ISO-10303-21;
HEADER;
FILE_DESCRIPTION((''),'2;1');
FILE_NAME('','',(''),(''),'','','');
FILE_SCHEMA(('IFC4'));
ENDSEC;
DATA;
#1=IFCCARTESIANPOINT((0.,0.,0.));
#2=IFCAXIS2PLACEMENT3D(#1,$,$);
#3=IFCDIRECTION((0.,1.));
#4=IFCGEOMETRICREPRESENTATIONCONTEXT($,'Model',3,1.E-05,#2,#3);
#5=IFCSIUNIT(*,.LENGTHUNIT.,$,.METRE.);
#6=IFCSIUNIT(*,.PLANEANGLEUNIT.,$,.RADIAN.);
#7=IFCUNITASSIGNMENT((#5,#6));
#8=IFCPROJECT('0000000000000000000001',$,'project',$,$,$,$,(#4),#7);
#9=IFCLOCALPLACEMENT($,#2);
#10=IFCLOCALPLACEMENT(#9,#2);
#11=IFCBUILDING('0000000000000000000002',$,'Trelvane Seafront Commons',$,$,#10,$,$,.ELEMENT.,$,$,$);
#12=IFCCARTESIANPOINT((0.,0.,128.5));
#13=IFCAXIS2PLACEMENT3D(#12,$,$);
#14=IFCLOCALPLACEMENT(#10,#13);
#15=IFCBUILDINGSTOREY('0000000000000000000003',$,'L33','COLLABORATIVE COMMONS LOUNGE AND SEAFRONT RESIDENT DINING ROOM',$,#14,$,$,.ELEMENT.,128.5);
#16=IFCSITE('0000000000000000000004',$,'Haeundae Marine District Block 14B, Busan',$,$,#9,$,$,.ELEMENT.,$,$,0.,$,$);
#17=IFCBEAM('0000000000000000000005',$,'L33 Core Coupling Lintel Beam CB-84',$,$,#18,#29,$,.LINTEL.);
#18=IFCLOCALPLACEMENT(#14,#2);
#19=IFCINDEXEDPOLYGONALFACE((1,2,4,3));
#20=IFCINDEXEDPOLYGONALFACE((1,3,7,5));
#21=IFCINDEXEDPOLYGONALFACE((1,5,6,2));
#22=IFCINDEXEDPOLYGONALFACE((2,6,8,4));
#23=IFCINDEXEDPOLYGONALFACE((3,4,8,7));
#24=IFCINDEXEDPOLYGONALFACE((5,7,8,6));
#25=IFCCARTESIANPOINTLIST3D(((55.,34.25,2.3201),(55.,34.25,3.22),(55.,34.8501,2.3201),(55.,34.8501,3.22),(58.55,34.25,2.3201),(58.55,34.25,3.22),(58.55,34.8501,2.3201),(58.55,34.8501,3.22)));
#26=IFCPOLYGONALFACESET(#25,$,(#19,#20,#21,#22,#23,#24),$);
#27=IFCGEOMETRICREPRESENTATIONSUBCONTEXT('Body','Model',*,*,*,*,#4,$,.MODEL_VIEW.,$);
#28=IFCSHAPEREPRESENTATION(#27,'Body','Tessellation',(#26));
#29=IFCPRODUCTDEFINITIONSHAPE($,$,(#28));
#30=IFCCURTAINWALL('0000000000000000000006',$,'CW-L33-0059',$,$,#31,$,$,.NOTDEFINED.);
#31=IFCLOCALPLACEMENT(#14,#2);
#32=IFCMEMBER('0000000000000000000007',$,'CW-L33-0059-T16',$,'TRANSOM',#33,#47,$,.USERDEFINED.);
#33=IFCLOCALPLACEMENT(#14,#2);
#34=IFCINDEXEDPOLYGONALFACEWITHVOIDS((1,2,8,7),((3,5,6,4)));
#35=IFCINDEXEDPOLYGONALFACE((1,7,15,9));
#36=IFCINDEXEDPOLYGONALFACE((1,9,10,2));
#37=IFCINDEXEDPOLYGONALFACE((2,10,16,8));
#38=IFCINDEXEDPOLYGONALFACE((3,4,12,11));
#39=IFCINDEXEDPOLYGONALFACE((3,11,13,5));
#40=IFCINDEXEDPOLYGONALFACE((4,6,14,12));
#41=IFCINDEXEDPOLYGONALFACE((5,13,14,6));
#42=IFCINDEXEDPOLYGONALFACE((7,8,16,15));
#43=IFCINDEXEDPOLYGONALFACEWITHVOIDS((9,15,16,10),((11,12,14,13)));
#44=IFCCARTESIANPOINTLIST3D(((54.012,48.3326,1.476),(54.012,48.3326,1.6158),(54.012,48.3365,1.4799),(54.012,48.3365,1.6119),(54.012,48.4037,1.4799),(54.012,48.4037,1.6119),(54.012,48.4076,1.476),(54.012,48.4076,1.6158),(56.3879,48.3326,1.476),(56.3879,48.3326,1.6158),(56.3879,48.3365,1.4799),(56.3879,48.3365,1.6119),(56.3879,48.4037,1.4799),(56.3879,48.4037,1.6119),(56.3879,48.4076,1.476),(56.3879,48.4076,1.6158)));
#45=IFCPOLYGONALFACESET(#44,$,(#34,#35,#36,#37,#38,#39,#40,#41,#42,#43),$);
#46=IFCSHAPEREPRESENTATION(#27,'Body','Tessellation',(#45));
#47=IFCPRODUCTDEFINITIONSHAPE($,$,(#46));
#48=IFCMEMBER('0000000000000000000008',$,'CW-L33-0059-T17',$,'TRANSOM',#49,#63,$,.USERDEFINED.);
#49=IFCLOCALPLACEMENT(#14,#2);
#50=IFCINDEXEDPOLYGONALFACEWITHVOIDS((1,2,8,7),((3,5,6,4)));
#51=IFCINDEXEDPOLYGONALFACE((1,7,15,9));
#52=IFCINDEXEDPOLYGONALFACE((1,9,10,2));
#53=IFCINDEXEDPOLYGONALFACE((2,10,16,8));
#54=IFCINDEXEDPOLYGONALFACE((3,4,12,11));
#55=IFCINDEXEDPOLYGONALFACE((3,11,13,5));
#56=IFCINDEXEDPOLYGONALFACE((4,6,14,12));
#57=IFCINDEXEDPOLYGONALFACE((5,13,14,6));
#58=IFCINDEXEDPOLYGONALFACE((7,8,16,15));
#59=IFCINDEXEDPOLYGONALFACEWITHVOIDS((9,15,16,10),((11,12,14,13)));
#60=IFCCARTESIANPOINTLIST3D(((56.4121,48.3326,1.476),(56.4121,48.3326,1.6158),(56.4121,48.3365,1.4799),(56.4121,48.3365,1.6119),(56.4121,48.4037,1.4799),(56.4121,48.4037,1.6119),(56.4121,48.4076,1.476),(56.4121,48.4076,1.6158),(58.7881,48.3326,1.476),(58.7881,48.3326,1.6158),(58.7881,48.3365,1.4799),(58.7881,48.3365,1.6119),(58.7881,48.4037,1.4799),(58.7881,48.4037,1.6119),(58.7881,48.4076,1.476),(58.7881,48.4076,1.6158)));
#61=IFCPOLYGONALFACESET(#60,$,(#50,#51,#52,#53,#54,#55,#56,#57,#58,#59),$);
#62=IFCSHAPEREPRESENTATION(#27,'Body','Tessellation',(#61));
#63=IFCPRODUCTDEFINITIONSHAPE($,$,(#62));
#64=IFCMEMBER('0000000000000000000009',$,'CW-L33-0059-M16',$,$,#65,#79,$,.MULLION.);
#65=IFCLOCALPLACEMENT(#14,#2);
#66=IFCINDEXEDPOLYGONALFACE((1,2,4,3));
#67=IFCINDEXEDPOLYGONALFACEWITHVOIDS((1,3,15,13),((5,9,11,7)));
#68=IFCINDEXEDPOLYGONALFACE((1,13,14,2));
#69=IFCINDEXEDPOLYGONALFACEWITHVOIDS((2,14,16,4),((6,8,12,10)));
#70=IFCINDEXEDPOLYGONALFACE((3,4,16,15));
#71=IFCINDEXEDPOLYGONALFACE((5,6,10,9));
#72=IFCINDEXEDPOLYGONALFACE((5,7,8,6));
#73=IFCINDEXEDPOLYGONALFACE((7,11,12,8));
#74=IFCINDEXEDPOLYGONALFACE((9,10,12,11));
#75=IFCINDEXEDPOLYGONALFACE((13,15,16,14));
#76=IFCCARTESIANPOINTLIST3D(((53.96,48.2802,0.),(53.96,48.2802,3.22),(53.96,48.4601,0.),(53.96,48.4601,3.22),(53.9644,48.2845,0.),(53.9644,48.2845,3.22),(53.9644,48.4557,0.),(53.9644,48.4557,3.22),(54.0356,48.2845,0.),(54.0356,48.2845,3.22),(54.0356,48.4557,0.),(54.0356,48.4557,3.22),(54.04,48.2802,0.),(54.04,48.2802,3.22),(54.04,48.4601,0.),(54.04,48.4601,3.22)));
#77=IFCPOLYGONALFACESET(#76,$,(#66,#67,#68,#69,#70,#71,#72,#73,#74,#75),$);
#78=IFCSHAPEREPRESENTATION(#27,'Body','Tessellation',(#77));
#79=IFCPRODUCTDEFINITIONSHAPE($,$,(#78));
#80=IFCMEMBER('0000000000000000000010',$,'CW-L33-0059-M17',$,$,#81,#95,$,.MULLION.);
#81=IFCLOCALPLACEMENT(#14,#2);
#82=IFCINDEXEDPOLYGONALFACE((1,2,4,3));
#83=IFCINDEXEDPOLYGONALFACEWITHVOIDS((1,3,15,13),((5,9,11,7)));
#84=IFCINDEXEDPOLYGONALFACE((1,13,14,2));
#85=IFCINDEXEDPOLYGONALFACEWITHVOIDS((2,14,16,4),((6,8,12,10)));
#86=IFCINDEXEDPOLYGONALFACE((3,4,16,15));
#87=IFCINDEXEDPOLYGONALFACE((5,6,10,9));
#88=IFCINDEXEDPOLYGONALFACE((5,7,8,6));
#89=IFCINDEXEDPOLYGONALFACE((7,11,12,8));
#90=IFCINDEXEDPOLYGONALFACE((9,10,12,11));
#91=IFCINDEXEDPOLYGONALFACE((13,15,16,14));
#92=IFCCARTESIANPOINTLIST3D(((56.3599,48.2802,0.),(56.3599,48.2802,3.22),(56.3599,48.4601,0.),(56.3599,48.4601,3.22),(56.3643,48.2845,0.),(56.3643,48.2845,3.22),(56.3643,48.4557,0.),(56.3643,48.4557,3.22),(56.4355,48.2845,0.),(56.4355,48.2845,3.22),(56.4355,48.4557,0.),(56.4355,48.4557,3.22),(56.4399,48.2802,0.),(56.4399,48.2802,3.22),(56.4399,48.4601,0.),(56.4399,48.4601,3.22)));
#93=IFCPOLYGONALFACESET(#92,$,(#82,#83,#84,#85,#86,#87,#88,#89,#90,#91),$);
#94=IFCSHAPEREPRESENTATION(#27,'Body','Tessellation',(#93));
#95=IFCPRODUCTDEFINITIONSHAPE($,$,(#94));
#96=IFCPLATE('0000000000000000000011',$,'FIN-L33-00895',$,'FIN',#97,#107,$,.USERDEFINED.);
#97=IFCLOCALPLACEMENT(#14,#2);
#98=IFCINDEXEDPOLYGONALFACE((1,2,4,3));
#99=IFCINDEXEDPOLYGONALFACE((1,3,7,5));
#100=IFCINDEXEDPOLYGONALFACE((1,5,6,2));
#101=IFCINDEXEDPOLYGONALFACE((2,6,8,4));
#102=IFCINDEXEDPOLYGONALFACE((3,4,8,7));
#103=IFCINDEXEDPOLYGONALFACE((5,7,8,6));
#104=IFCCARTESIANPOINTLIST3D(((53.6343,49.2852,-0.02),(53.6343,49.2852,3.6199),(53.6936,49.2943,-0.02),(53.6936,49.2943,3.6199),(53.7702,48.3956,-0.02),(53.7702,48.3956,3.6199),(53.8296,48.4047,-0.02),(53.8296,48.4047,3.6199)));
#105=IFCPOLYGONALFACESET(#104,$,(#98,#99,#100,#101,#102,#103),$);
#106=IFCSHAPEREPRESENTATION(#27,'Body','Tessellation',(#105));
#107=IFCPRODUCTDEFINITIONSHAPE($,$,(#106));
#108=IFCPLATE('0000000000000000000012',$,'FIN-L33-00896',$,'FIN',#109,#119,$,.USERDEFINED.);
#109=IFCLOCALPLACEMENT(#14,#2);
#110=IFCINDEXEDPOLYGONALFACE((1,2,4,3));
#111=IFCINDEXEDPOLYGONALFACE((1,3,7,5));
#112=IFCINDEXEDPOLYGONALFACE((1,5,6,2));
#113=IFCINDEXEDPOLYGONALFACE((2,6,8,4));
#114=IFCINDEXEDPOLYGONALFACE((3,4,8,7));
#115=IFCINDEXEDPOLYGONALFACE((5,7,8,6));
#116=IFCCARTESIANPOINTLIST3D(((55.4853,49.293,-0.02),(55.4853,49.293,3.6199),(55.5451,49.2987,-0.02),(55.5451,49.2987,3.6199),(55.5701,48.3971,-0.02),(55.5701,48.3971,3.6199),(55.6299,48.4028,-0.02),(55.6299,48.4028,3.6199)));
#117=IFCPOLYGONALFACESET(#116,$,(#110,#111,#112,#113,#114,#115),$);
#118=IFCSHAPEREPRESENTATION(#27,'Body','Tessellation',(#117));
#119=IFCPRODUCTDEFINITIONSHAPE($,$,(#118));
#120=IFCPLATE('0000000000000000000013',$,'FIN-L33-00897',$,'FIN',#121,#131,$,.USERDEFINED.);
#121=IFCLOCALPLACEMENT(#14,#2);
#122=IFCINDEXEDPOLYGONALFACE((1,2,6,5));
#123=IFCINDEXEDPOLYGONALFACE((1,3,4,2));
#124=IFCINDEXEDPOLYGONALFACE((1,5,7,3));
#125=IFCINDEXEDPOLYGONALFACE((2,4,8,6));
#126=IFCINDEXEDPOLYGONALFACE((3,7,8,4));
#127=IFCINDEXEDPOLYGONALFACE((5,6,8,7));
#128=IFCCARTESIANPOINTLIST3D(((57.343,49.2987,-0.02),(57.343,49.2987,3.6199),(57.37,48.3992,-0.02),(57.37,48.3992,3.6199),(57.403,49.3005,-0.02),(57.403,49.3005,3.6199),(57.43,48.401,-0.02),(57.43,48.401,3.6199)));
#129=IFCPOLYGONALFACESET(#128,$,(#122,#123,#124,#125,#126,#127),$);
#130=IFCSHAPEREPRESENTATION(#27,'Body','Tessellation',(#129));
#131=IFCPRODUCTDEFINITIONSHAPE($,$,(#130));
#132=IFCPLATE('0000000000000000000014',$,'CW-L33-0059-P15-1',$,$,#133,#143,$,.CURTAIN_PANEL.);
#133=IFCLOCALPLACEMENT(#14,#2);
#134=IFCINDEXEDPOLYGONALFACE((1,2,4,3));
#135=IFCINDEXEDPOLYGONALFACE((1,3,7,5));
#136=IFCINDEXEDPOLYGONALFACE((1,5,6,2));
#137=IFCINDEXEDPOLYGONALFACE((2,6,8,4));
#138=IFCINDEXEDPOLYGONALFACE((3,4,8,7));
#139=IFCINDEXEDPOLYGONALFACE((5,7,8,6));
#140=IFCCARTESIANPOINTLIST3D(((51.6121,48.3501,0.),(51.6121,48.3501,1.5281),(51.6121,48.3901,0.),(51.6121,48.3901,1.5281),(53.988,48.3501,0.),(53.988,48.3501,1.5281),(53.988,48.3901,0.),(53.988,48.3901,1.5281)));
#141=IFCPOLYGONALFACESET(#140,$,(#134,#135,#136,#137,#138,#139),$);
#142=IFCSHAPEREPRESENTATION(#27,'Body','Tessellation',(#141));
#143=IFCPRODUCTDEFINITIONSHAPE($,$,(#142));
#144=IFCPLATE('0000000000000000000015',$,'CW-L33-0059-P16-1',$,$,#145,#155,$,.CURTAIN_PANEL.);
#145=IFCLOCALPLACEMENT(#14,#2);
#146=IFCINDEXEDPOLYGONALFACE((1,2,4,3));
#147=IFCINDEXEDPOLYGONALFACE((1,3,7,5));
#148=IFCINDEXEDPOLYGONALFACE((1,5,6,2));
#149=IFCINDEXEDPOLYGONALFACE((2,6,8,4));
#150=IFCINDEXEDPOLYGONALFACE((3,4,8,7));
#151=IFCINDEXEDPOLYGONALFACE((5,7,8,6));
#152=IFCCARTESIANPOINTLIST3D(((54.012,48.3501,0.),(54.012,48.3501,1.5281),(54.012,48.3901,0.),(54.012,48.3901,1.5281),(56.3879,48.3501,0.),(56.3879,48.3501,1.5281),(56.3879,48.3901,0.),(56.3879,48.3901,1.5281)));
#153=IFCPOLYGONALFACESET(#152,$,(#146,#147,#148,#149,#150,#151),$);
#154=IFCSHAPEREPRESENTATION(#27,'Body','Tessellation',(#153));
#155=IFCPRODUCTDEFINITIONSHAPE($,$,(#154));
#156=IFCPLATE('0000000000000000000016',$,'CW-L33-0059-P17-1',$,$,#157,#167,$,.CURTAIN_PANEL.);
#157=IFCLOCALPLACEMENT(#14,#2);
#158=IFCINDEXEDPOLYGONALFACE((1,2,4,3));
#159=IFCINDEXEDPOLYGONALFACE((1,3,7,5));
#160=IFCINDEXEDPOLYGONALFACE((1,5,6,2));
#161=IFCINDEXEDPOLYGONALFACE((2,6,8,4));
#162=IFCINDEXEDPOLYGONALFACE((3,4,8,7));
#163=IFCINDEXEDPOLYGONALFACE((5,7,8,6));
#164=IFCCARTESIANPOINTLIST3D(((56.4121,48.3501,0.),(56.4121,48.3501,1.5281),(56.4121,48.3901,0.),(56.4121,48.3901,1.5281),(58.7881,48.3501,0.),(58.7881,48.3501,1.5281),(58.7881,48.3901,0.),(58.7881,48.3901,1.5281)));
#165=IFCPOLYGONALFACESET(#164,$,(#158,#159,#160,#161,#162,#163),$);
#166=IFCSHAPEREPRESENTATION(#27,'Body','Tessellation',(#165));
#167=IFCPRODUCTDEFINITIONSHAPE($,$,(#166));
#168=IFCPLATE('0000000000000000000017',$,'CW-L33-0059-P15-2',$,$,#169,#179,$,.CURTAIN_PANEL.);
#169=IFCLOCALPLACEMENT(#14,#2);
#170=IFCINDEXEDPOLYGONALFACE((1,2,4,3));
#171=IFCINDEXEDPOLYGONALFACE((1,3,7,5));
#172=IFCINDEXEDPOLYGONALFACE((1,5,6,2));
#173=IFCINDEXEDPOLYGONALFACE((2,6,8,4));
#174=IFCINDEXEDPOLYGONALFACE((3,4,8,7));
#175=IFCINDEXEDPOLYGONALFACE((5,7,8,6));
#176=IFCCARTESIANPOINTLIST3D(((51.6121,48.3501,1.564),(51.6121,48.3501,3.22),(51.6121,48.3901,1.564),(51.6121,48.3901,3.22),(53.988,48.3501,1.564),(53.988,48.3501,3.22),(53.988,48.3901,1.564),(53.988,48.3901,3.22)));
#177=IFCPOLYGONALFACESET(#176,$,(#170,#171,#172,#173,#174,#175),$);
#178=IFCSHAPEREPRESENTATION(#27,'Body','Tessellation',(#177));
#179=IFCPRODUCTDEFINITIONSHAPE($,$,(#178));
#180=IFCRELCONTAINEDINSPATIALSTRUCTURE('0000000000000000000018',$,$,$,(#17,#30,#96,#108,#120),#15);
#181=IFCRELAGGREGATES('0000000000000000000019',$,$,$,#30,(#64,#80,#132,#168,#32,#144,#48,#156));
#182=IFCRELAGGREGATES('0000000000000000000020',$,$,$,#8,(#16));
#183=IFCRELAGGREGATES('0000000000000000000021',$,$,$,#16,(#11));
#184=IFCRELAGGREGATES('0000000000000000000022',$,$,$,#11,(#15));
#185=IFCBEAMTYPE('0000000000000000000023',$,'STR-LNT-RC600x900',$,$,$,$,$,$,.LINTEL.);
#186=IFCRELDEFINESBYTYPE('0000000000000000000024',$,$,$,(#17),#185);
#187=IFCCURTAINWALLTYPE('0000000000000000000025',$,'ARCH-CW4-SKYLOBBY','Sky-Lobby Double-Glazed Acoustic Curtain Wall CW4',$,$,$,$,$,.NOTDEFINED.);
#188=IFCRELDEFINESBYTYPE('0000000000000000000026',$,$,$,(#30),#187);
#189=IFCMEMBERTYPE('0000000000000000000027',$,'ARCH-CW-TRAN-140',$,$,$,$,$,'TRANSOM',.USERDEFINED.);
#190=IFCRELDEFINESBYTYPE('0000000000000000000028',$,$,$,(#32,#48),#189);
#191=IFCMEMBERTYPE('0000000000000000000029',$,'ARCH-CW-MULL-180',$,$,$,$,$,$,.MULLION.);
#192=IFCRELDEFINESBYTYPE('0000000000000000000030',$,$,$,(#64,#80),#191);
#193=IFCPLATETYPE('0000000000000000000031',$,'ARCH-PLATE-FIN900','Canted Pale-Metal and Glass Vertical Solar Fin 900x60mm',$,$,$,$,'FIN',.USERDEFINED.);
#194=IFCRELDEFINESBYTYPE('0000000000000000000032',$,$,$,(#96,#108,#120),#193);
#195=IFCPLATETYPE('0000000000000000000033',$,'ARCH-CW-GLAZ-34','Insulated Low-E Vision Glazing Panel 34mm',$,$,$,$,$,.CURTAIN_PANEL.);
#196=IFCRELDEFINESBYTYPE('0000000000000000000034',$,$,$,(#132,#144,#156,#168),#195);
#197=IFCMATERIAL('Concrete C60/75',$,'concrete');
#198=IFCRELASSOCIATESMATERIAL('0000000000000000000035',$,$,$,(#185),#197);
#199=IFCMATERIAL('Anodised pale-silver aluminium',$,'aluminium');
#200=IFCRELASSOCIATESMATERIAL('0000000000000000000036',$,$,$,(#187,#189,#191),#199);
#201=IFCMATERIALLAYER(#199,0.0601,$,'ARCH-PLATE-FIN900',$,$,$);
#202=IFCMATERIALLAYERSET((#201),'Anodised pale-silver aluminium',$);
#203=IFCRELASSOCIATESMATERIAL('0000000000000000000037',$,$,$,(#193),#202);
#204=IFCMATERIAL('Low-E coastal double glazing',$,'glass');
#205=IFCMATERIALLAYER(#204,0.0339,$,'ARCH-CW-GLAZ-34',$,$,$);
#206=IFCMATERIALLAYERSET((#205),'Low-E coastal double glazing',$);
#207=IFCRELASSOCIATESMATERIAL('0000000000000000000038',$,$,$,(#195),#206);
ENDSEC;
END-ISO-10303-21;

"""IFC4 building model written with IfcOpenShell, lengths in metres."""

from ifc_helpers import new_model, si_unit, direction, frame, origin, origin_2d, place, context, subcontext, project, spatial, rectangle, hollow_rectangle, extrude, source, transform, mapped, material, layer, layer_set, material_profile, profile_set, type_object, element, aggregate, save


model = new_model("IFC4")

# Units and contexts
model_context = context("Model", 3, precision=1e-05, world=origin(), true_north=direction((0.0, 1.0)))
body_context = subcontext(model_context, "Body", "Model", "MODEL_VIEW")
ifc_project = project(units=[si_unit("LENGTHUNIT", "METRE"), si_unit("PLANEANGLEUNIT", "RADIAN")], contexts=[model_context])

# Site, building, storey
site_placement = place(None, origin())
site = spatial("IfcSite", under=ifc_project, at=site_placement, Name="Haeundae Marine District Block 14B, Busan", CompositionType="ELEMENT", RefElevation=0.0)
building_placement = place(site_placement, origin())
building = spatial("IfcBuilding", under=site, at=building_placement, Name="Trelvane Seafront Commons", CompositionType="ELEMENT")
storey_placement = place(building_placement, frame((0.0, 0.0, 128.5)))
storey = spatial("IfcBuildingStorey", under=building, at=storey_placement, Name="L33", Description="COLLABORATIVE COMMONS LOUNGE AND SEAFRONT RESIDENT DINING ROOM", CompositionType="ELEMENT", Elevation=128.5)

# Beam
ifc_material_1 = material(Name="Concrete C60/75", Category="concrete")
ifc_material_profile_1 = material_profile(ifc_material_1, rectangle(XDim=0.6001, YDim=0.8999, at=origin_2d()), Name="RC-600x900")
ifc_profile_set_1 = profile_set([ifc_material_profile_1], Name="Concrete C60/75")
beam_type = type_object("IfcBeamType", Name="STR-LNT-RC600x900", PredefinedType="LINTEL", material=ifc_profile_set_1)
shared_shape_1 = source(origin(), body_context, "Body", "SweptSolid", [
    extrude(rectangle(XDim=0.6001, YDim=0.8999, at=origin_2d()), origin(), (0.0, 0.0, 1.0), 3.55),
])
beam_placement = place(storey_placement, frame((55.0, 34.55, 2.77), z_axis=(1.0, 0.0, 0.0), x_axis=(0.0, 1.0, 0.0)))
element("IfcBeam", 1, at=beam_placement, inside=storey, type_object=beam_type, Name="L33 Core Coupling Lintel Beam CB-84", PredefinedType="LINTEL", context=body_context, shape_type="MappedRepresentation", body=[
    mapped(shared_shape_1, transform((0.0, 0.0, 0.0), x_axis=(1.0, 0.0, 0.0), y_axis=(0.0, 1.0, 0.0), z_axis=(0.0, 0.0, 1.0), scale=1.0)),
])

# Curtain wall, members
ifc_material_2 = material(Name="Anodised pale-silver aluminium", Category="aluminium")
curtain_wall_type = type_object("IfcCurtainWallType", Name="ARCH-CW4-SKYLOBBY", Description="Sky-Lobby Double-Glazed Acoustic Curtain Wall CW4", PredefinedType="NOTDEFINED", material=ifc_material_2)
curtain_wall_placement = place(storey_placement, origin())
curtain_wall = element("IfcCurtainWall", 2, at=curtain_wall_placement, inside=storey, type_object=curtain_wall_type, Name="CW-L33-0059", PredefinedType="NOTDEFINED")
ifc_material_profile_2 = material_profile(ifc_material_2, hollow_rectangle(XDim=0.075, YDim=0.1399, WallThickness=0.0039, at=origin_2d()), Name="TRAN-75x140x4")
ifc_profile_set_2 = profile_set([ifc_material_profile_2], Name="Anodised pale-silver aluminium")
member_type_1 = type_object("IfcMemberType", Name="ARCH-CW-TRAN-140", ElementType="TRANSOM", PredefinedType="USERDEFINED", material=ifc_profile_set_2)
shared_shape_2 = source(origin(), body_context, "Body", "SweptSolid", [
    extrude(hollow_rectangle(XDim=0.075, YDim=0.1399, WallThickness=0.0039, at=origin_2d()), origin(), (0.0, 0.0, 1.0), 2.376),
])
member_1_placement = place(storey_placement, frame((54.012, 48.3701, 1.5459), z_axis=(1.0, 0.0, 0.0), x_axis=(0.0, 1.0, 0.0)))
member_1 = element("IfcMember", 3, at=member_1_placement, type_object=member_type_1, Name="CW-L33-0059-T16", ObjectType="TRANSOM", PredefinedType="USERDEFINED", context=body_context, shape_type="MappedRepresentation", body=[
    mapped(shared_shape_2, transform((0.0, 0.0, 0.0), x_axis=(1.0, 0.0, 0.0), y_axis=(0.0, 1.0, 0.0), z_axis=(0.0, 0.0, 1.0), scale=1.0)),
])
member_2_placement = place(storey_placement, frame((56.4121, 48.3701, 1.5459), z_axis=(1.0, 0.0, 0.0), x_axis=(0.0, 1.0, 0.0)))
member_2 = element("IfcMember", 4, at=member_2_placement, type_object=member_type_1, Name="CW-L33-0059-T17", ObjectType="TRANSOM", PredefinedType="USERDEFINED", context=body_context, shape_type="MappedRepresentation", body=[
    mapped(shared_shape_2, transform((0.0, 0.0, 0.0), x_axis=(1.0, 0.0, 0.0), y_axis=(0.0, 1.0, 0.0), z_axis=(0.0, 0.0, 1.0), scale=1.0)),
])
ifc_material_profile_3 = material_profile(ifc_material_2, hollow_rectangle(XDim=0.0801, YDim=0.1799, WallThickness=0.0044, at=origin_2d()), Name="MULL-80x180x4.5")
ifc_profile_set_3 = profile_set([ifc_material_profile_3], Name="Anodised pale-silver aluminium")
member_type_2 = type_object("IfcMemberType", Name="ARCH-CW-MULL-180", PredefinedType="MULLION", material=ifc_profile_set_3)
shared_shape_3 = source(origin(), body_context, "Body", "SweptSolid", [
    extrude(hollow_rectangle(XDim=0.0801, YDim=0.1799, WallThickness=0.0044, at=origin_2d()), origin(), (0.0, 0.0, 1.0), 3.22),
])
member_3_placement = place(storey_placement, frame((54.0, 48.3701, 0.0), z_axis=(0.0, 0.0, 1.0), x_axis=(1.0, 0.0, 0.0)))
member_3 = element("IfcMember", 5, at=member_3_placement, type_object=member_type_2, Name="CW-L33-0059-M16", PredefinedType="MULLION", context=body_context, shape_type="MappedRepresentation", body=[
    mapped(shared_shape_3, transform((0.0, 0.0, 0.0), x_axis=(1.0, 0.0, 0.0), y_axis=(0.0, 1.0, 0.0), z_axis=(0.0, 0.0, 1.0), scale=1.0)),
])
member_4_placement = place(storey_placement, frame((56.3999, 48.3701, 0.0), z_axis=(0.0, 0.0, 1.0), x_axis=(1.0, 0.0, 0.0)))
member_4 = element("IfcMember", 6, at=member_4_placement, type_object=member_type_2, Name="CW-L33-0059-M17", PredefinedType="MULLION", context=body_context, shape_type="MappedRepresentation", body=[
    mapped(shared_shape_3, transform((0.0, 0.0, 0.0), x_axis=(1.0, 0.0, 0.0), y_axis=(0.0, 1.0, 0.0), z_axis=(0.0, 0.0, 1.0), scale=1.0)),
])

# Plates
ifc_layer_1 = layer(ifc_material_2, 0.0601, Name="ARCH-PLATE-FIN900")
ifc_layer_set_1 = layer_set([ifc_layer_1], Name="Anodised pale-silver aluminium")
plate_type_1 = type_object("IfcPlateType", Name="ARCH-PLATE-FIN900", Description="Canted Pale-Metal and Glass Vertical Solar Fin 900x60mm", ElementType="FIN", PredefinedType="USERDEFINED", material=ifc_layer_set_1)
shared_shape_4 = source(origin(), body_context, "Body", "SweptSolid", [
    extrude(rectangle(XDim=0.8999, YDim=0.0601, at=origin_2d()), origin(), (0.0, 0.0, 1.0), 3.6399),
])
for number, where, z_axis, x_axis, name in (
    (7, (53.7319, 48.845, -0.02), (0.0, 0.0, 1.0), (-0.151106, 0.988518, 0.0), "FIN-L33-00895"),
    (8, (55.5576, 48.8479, -0.02), (0.0, 0.0, 1.0), (-0.094221, 0.995551, 0.0), "FIN-L33-00896"),
    (9, (57.3865, 48.8499, -0.02), (0.0, 0.0, 1.0), (-0.029999, 0.99955, 0.0), "FIN-L33-00897"),
):
    element("IfcPlate", number, at=place(storey_placement, frame(where, z_axis=z_axis, x_axis=x_axis)), inside=storey, type_object=plate_type_1, Name=name, ObjectType="FIN", PredefinedType="USERDEFINED", context=body_context, shape_type="MappedRepresentation", body=[
        mapped(shared_shape_4, transform((0.0, 0.0, 0.0), x_axis=(1.0, 0.0, 0.0), y_axis=(0.0, 1.0, 0.0), z_axis=(0.0, 0.0, 1.0), scale=1.0)),
    ])

# Plates
ifc_material_3 = material(Name="Low-E coastal double glazing", Category="glass")
ifc_layer_2 = layer(ifc_material_3, 0.0339, Name="ARCH-CW-GLAZ-34")
ifc_layer_set_2 = layer_set([ifc_layer_2], Name="Low-E coastal double glazing")
plate_type_2 = type_object("IfcPlateType", Name="ARCH-CW-GLAZ-34", Description="Insulated Low-E Vision Glazing Panel 34mm", PredefinedType="CURTAIN_PANEL", material=ifc_layer_set_2)
shared_shape_5 = source(origin(), body_context, "Body", "SweptSolid", [
    extrude(rectangle(XDim=2.376, YDim=0.04, at=origin_2d()), origin(), (0.0, 0.0, 1.0), 1.5281),
])
plate_1_placement = place(storey_placement, frame((52.8, 48.3701, 0.0), z_axis=(0.0, 0.0, 1.0), x_axis=(1.0, 0.0, 0.0)))
plate_1 = element("IfcPlate", 10, at=plate_1_placement, type_object=plate_type_2, Name="CW-L33-0059-P15-1", PredefinedType="CURTAIN_PANEL", context=body_context, shape_type="MappedRepresentation", body=[
    mapped(shared_shape_5, transform((0.0, 0.0, 0.0), x_axis=(1.0, 0.0, 0.0), y_axis=(0.0, 1.0, 0.0), z_axis=(0.0, 0.0, 1.0), scale=1.0)),
])
plate_2_placement = place(storey_placement, frame((55.2, 48.3701, 0.0), z_axis=(0.0, 0.0, 1.0), x_axis=(1.0, 0.0, 0.0)))
plate_2 = element("IfcPlate", 11, at=plate_2_placement, type_object=plate_type_2, Name="CW-L33-0059-P16-1", PredefinedType="CURTAIN_PANEL", context=body_context, shape_type="MappedRepresentation", body=[
    mapped(shared_shape_5, transform((0.0, 0.0, 0.0), x_axis=(1.0, 0.0, 0.0), y_axis=(0.0, 1.0, 0.0), z_axis=(0.0, 0.0, 1.0), scale=1.0)),
])
plate_3_placement = place(storey_placement, frame((57.6001, 48.3701, 0.0), z_axis=(0.0, 0.0, 1.0), x_axis=(1.0, 0.0, 0.0)))
plate_3 = element("IfcPlate", 12, at=plate_3_placement, type_object=plate_type_2, Name="CW-L33-0059-P17-1", PredefinedType="CURTAIN_PANEL", context=body_context, shape_type="MappedRepresentation", body=[
    mapped(shared_shape_5, transform((0.0, 0.0, 0.0), x_axis=(1.0, 0.0, 0.0), y_axis=(0.0, 1.0, 0.0), z_axis=(0.0, 0.0, 1.0), scale=1.0)),
])
shared_shape_6 = source(origin(), body_context, "Body", "SweptSolid", [
    extrude(rectangle(XDim=2.376, YDim=0.04, at=origin_2d()), origin(), (0.0, 0.0, 1.0), 1.656),
])
plate_4_placement = place(storey_placement, frame((52.8, 48.3701, 1.564), z_axis=(0.0, 0.0, 1.0), x_axis=(1.0, 0.0, 0.0)))
plate_4 = element("IfcPlate", 13, at=plate_4_placement, type_object=plate_type_2, Name="CW-L33-0059-P15-2", PredefinedType="CURTAIN_PANEL", context=body_context, shape_type="MappedRepresentation", body=[
    mapped(shared_shape_6, transform((0.0, 0.0, 0.0), x_axis=(1.0, 0.0, 0.0), y_axis=(0.0, 1.0, 0.0), z_axis=(0.0, 0.0, 1.0), scale=1.0)),
])
aggregate(curtain_wall, [member_3, member_4, plate_1, plate_4, member_1, plate_2, member_2, plate_3])

save(model, "model.ifc")
